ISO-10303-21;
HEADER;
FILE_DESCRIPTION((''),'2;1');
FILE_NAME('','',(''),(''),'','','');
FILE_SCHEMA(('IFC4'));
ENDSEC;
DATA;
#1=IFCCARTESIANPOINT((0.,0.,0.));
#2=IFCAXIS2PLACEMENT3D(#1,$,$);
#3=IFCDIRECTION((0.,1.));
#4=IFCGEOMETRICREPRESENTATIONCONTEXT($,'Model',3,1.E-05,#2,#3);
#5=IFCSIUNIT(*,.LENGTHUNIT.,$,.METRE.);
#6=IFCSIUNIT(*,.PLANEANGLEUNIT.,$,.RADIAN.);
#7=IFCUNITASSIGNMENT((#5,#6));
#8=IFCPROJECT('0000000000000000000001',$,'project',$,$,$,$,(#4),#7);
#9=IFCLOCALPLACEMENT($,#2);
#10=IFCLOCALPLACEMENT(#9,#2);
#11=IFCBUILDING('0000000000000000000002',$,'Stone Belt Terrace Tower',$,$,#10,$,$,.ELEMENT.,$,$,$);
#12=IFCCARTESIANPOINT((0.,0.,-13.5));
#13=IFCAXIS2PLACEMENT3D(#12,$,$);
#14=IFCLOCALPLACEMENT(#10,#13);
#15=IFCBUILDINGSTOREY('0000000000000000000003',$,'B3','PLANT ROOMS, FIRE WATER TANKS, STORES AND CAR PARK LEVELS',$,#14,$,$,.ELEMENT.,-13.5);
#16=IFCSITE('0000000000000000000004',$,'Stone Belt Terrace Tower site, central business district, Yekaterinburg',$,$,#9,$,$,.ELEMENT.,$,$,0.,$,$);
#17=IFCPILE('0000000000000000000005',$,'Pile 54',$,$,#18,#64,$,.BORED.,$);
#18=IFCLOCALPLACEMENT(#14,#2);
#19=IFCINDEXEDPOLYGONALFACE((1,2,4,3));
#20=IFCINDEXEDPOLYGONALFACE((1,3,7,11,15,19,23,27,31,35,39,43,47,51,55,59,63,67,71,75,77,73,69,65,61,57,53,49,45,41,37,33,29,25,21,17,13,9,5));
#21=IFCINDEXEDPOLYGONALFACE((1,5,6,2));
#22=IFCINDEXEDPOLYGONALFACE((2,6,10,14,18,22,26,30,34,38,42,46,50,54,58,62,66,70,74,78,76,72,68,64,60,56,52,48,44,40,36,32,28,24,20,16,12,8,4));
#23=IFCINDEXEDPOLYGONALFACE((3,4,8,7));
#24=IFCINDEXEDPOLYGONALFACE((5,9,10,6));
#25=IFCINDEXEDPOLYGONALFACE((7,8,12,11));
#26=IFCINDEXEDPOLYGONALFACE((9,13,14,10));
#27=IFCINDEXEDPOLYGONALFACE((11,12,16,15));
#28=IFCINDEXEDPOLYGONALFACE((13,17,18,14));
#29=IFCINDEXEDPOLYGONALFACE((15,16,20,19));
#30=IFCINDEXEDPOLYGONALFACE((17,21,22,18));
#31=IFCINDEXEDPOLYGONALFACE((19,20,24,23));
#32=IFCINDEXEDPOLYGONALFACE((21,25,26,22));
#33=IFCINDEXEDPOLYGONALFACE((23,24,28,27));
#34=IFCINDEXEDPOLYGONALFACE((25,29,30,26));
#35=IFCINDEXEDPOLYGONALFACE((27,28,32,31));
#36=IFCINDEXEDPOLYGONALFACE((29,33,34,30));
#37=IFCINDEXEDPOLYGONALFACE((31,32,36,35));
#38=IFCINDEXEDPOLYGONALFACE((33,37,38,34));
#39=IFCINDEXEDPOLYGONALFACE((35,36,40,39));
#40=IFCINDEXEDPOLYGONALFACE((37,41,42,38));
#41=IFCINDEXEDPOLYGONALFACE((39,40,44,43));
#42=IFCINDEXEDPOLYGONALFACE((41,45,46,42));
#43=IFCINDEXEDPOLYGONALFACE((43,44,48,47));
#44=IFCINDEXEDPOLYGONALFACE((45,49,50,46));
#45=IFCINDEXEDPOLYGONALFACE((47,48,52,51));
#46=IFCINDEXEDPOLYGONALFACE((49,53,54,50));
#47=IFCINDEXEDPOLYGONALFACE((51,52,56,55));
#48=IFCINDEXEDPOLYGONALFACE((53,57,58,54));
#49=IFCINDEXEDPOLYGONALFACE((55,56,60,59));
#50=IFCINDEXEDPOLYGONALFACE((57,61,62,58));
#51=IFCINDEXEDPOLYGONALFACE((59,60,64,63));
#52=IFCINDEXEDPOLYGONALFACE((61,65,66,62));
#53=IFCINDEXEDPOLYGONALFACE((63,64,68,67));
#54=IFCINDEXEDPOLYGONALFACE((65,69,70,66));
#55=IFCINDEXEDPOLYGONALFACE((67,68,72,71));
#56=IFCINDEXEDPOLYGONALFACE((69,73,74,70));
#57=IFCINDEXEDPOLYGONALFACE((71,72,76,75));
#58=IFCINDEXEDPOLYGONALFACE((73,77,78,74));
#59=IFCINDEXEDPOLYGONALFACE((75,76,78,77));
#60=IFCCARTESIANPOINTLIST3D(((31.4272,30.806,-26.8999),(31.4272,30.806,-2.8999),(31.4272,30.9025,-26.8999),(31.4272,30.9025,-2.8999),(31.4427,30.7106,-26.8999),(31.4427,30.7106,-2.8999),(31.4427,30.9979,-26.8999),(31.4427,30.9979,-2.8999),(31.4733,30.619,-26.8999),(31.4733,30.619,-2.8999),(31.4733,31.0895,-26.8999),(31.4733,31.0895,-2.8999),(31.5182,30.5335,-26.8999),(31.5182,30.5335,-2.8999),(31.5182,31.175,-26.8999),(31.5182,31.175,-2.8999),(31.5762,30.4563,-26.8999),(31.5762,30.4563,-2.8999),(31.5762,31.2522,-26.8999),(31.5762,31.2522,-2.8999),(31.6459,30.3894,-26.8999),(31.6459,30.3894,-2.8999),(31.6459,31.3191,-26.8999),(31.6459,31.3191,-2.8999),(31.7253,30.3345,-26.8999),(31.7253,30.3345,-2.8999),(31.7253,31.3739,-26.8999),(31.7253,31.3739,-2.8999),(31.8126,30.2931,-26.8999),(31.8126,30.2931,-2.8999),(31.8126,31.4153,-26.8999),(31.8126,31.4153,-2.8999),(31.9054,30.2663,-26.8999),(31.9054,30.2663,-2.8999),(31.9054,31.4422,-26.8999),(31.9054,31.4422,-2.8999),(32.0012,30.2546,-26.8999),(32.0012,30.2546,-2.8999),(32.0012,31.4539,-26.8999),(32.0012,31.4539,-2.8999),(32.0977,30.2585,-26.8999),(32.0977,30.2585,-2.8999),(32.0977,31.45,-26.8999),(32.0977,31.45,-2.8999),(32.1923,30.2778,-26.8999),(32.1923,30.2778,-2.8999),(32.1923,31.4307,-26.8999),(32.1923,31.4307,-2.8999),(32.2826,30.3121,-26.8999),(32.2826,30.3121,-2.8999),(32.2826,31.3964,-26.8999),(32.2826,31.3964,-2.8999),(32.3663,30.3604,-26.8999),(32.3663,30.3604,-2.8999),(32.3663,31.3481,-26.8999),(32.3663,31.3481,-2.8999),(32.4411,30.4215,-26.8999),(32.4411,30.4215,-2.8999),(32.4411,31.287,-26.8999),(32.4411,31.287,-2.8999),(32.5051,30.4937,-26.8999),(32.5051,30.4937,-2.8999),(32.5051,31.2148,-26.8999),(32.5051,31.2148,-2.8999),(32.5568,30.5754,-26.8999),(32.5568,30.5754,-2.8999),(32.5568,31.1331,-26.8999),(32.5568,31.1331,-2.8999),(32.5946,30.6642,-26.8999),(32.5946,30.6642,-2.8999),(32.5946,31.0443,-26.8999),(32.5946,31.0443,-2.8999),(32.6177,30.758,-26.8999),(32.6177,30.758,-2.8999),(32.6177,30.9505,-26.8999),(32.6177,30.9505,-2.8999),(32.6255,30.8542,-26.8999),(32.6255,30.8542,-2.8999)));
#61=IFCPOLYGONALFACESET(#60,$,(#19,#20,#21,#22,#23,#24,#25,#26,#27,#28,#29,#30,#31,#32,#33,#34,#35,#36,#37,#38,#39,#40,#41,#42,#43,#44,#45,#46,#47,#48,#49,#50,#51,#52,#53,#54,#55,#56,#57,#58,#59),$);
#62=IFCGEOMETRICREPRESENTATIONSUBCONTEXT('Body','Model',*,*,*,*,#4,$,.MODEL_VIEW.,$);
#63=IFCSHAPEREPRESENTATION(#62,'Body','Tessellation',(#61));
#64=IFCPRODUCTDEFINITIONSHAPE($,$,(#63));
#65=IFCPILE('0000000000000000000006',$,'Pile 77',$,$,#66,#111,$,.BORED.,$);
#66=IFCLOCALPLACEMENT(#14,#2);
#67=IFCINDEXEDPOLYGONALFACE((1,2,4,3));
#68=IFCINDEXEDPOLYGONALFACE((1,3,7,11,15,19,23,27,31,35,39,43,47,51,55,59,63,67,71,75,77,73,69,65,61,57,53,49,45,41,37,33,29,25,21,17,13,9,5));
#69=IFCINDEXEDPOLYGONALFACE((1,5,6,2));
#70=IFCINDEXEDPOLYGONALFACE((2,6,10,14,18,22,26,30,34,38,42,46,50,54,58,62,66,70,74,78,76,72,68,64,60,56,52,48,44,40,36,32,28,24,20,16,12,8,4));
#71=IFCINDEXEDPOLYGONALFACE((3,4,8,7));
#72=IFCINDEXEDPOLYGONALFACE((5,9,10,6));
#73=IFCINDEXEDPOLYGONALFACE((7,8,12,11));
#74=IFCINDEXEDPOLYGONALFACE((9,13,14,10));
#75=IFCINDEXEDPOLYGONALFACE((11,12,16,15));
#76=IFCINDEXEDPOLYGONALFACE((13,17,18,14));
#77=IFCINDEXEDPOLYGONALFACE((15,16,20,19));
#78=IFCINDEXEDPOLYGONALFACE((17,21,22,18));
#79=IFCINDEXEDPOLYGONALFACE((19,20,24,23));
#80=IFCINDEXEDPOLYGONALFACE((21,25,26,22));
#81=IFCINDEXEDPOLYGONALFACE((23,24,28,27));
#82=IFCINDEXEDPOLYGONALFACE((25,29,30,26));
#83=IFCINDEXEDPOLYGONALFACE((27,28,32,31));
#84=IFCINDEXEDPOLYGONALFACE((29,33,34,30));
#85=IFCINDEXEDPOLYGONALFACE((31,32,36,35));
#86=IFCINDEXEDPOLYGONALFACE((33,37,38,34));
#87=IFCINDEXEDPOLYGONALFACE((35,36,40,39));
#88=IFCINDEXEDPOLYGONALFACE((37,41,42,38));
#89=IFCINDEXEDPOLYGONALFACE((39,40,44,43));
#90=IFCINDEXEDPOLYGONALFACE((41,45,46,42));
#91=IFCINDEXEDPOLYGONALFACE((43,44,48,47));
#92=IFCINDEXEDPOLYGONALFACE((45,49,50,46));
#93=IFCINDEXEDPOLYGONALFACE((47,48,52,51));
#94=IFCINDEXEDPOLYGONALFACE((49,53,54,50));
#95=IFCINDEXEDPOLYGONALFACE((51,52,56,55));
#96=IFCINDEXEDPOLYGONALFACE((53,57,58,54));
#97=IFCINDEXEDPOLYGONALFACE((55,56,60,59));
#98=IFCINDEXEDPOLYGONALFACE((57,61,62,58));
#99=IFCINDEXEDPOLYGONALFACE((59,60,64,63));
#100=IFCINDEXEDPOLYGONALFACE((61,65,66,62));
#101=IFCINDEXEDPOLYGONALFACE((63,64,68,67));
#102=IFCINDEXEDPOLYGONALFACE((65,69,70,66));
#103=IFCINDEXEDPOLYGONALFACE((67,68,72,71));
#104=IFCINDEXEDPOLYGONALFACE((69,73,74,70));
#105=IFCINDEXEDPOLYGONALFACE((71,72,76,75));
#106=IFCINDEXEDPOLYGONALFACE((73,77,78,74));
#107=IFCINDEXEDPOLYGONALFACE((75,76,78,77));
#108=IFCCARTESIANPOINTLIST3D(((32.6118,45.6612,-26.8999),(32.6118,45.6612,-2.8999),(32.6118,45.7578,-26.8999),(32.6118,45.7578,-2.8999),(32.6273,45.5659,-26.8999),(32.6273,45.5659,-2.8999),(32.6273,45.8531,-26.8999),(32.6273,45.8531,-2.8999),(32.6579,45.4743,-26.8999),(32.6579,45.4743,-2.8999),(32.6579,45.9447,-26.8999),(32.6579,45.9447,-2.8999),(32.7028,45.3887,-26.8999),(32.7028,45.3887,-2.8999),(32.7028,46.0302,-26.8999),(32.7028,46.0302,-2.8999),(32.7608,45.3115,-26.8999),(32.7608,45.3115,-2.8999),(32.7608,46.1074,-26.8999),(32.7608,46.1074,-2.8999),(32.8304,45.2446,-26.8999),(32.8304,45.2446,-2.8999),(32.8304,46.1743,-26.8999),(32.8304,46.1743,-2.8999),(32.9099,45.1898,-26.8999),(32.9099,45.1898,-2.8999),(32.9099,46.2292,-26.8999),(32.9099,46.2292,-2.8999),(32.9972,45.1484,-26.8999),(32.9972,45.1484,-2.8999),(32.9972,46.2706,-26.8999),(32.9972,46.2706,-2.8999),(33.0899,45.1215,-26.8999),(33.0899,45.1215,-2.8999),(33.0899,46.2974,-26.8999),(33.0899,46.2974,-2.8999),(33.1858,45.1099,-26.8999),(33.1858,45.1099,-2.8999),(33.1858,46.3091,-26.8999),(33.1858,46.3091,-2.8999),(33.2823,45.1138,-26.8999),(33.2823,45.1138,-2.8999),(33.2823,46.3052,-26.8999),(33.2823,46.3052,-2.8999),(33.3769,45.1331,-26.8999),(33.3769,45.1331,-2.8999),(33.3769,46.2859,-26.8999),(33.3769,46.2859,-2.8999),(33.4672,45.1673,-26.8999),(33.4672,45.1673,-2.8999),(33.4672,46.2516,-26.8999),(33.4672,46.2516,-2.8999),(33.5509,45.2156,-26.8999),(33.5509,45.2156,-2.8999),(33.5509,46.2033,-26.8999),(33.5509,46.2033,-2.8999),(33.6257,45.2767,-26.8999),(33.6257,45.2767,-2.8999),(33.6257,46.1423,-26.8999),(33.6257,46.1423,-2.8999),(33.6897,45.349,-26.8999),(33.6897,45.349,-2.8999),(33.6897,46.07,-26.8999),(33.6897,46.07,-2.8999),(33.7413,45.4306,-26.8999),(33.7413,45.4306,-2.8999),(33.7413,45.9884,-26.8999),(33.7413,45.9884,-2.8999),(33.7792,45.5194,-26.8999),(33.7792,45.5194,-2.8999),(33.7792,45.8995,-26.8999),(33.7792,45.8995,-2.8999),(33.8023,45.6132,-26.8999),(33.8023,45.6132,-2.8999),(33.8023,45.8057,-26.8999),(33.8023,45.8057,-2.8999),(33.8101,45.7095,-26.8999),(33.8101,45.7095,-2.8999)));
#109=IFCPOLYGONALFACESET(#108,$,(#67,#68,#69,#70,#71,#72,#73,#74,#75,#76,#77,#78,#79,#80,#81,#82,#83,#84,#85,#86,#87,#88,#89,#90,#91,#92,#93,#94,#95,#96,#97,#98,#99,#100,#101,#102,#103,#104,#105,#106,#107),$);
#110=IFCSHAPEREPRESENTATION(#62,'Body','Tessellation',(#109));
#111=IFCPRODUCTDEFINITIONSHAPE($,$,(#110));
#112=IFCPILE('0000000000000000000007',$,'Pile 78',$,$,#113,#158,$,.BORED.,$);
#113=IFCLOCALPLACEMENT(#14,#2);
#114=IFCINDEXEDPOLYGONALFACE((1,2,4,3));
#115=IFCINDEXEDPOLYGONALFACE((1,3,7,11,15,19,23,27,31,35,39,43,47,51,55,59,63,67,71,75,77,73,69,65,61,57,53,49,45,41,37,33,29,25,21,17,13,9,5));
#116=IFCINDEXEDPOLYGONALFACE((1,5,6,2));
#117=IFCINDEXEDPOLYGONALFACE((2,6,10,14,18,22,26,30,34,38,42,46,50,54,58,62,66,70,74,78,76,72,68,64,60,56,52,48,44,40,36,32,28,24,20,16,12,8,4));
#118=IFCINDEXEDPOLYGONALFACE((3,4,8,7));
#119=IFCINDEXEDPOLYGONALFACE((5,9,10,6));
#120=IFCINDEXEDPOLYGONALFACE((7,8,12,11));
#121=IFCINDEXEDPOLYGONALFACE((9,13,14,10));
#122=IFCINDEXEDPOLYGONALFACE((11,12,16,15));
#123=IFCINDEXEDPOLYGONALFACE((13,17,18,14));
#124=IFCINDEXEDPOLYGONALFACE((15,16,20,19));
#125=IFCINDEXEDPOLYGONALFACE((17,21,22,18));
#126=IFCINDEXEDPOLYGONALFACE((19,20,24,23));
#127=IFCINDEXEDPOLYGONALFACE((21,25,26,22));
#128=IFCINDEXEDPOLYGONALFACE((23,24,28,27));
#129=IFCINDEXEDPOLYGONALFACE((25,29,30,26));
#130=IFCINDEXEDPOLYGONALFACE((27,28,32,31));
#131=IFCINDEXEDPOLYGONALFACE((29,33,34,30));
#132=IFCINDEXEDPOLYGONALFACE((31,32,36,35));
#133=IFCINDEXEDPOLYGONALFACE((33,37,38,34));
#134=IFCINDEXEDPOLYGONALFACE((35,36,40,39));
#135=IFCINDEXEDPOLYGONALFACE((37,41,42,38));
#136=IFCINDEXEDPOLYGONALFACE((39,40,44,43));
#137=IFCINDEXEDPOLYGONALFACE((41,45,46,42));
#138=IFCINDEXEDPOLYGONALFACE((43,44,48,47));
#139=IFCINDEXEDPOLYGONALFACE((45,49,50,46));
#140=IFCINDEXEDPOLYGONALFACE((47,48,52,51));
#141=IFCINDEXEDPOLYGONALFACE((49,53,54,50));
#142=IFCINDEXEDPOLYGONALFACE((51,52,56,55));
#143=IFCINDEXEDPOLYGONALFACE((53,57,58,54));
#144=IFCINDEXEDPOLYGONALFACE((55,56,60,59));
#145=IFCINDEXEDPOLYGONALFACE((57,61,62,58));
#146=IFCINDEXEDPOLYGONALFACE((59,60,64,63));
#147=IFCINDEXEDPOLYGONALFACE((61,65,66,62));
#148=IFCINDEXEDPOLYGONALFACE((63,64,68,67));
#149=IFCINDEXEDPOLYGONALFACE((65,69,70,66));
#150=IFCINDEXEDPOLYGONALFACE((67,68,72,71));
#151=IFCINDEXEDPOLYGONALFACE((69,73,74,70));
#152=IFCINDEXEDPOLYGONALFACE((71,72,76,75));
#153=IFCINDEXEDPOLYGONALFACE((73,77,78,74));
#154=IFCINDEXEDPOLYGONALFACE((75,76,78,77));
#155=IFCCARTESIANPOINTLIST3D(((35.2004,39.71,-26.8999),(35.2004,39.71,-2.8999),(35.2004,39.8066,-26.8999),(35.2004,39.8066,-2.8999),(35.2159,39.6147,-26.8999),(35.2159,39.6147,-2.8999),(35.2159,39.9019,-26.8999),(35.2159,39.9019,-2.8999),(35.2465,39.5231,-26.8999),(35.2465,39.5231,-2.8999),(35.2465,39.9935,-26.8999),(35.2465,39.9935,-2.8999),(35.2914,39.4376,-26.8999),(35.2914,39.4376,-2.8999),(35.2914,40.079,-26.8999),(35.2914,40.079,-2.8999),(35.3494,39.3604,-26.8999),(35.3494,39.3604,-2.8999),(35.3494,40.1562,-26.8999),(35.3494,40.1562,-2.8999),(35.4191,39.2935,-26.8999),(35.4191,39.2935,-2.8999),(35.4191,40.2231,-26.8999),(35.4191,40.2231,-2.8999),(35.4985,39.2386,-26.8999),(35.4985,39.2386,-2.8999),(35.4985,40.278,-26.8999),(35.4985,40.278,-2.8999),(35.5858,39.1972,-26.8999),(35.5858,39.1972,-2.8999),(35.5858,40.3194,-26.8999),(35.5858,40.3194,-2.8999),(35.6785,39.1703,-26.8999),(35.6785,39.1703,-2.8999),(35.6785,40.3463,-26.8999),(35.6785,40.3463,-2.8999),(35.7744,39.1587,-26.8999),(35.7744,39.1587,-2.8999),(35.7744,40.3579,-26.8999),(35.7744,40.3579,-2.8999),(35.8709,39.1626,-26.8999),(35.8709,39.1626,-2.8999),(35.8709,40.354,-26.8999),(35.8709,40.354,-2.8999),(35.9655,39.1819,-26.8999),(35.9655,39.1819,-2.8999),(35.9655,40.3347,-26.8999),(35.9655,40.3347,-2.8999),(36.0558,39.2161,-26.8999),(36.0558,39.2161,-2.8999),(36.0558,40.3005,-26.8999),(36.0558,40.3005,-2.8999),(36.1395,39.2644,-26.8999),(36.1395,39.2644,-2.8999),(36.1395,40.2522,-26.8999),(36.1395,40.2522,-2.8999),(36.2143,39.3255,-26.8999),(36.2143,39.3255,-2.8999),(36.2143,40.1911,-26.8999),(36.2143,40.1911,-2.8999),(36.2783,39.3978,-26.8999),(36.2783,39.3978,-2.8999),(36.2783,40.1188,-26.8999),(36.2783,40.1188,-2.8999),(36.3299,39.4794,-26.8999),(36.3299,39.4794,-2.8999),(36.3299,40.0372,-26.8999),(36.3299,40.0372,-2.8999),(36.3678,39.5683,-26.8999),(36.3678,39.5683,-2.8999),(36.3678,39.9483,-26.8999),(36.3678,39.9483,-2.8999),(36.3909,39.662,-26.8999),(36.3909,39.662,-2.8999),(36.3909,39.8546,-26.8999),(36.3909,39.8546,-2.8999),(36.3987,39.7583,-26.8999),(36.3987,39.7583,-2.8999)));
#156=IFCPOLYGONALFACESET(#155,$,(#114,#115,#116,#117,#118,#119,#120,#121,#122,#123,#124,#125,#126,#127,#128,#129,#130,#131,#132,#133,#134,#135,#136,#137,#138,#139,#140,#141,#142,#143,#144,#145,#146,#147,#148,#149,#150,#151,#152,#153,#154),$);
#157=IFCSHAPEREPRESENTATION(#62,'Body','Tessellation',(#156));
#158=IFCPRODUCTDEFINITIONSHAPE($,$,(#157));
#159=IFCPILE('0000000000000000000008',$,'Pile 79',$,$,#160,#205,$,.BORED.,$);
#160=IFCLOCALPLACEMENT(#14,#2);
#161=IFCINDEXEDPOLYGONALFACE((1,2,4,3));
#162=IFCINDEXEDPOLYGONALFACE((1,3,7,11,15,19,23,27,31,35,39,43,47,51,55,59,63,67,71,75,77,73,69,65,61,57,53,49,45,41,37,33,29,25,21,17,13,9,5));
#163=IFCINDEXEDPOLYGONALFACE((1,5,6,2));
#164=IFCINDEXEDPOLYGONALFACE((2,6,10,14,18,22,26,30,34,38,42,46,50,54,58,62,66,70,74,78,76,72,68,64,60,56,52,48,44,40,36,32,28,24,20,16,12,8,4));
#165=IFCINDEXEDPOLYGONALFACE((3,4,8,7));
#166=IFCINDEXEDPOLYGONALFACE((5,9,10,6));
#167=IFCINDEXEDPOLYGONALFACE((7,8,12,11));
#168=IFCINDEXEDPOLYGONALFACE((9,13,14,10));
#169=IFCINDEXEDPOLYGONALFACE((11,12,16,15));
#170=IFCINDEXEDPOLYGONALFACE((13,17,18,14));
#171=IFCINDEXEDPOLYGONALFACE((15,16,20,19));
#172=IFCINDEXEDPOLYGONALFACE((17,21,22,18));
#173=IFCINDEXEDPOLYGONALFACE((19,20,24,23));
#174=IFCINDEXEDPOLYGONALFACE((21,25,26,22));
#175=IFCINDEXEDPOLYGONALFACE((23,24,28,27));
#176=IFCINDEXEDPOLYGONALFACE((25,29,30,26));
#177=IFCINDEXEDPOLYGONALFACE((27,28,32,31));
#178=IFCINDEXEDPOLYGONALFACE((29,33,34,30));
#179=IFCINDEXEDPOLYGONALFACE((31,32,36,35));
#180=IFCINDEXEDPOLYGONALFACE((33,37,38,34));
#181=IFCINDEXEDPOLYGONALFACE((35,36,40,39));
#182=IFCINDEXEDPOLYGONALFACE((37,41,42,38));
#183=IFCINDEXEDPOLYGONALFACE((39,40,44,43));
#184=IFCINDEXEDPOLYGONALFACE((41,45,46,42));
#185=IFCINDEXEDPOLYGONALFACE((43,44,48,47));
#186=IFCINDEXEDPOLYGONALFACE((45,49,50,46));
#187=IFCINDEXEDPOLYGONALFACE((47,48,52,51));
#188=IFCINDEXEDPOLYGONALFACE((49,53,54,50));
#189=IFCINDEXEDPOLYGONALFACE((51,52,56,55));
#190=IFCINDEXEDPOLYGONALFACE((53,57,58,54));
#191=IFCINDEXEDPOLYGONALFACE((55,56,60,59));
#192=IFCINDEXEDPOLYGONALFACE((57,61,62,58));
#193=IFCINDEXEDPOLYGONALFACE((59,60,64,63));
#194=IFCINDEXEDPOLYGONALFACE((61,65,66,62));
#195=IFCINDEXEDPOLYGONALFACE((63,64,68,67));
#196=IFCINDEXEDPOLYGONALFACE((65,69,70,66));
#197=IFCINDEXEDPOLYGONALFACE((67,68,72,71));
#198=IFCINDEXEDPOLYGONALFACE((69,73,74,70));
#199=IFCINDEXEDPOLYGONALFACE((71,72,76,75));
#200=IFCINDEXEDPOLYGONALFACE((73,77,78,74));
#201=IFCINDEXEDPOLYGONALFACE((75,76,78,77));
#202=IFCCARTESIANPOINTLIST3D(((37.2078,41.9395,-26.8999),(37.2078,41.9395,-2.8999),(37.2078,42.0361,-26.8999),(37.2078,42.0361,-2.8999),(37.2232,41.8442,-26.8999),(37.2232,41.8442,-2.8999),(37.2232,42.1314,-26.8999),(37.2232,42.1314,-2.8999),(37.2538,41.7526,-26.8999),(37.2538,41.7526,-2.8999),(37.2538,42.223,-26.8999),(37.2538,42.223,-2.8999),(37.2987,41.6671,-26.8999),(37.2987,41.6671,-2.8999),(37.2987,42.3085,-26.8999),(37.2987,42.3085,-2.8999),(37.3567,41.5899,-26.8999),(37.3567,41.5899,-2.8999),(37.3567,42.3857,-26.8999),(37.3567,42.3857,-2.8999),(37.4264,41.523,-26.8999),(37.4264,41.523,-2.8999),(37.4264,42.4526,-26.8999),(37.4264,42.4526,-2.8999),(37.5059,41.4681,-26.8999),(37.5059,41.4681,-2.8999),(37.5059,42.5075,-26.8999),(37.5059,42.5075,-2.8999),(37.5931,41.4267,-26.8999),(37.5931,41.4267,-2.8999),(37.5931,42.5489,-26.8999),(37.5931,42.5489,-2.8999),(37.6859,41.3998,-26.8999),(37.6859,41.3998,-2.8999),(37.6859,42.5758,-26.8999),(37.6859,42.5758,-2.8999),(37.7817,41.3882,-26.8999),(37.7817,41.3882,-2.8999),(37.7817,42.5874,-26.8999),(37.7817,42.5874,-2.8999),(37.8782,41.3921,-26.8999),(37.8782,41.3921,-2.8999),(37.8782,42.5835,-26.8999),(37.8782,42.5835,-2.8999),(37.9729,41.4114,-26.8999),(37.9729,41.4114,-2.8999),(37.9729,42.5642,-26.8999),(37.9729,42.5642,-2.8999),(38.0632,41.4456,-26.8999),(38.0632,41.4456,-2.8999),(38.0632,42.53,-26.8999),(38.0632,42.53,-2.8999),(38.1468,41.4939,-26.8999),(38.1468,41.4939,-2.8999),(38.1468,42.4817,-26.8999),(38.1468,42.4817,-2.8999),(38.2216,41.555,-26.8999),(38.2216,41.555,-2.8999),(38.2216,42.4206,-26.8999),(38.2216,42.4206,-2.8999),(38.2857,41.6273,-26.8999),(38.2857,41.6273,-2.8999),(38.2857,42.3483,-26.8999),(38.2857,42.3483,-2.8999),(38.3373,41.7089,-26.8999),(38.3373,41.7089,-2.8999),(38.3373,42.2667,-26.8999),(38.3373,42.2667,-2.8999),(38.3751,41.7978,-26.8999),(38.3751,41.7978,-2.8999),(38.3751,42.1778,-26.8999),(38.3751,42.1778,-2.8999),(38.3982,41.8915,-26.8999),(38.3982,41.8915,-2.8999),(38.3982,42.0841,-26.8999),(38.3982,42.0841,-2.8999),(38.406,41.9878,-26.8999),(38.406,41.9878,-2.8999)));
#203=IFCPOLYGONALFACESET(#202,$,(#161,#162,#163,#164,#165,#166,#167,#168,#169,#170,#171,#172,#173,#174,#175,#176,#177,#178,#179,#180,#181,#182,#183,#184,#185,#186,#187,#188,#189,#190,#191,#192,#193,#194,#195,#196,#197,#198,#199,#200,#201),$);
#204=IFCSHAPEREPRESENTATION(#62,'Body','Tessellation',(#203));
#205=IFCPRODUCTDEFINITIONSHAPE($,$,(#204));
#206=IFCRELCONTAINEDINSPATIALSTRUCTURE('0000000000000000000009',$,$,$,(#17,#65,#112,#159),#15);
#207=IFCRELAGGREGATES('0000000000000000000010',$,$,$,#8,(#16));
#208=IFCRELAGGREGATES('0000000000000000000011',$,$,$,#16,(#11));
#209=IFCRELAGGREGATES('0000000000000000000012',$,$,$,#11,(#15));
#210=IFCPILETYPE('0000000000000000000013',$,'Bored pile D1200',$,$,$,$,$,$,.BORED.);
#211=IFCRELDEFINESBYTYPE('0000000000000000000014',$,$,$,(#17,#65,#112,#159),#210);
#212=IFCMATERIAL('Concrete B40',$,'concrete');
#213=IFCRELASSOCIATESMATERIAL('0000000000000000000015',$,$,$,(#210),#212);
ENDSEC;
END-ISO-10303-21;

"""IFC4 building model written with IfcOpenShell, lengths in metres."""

from ifc_helpers import new_model, si_unit, direction, frame, origin, origin_2d, place, context, subcontext, project, spatial, circle, extrude, material, material_profile, profile_set, type_object, element, save


model = new_model("IFC4")

# Units and contexts
model_context = context("Model", 3, precision=1e-05, world=origin(), true_north=direction((0.0, 1.0)))
body_context = subcontext(model_context, "Body", "Model", "MODEL_VIEW")
ifc_project = project(units=[si_unit("LENGTHUNIT", "METRE"), si_unit("PLANEANGLEUNIT", "RADIAN")], contexts=[model_context])

# Site, building, storey
site_placement = place(None, origin())
site = spatial("IfcSite", under=ifc_project, at=site_placement, Name="Stone Belt Terrace Tower site, central business district, Yekaterinburg", CompositionType="ELEMENT", RefElevation=0.0)
building_placement = place(site_placement, origin())
building = spatial("IfcBuilding", under=site, at=building_placement, Name="Stone Belt Terrace Tower", CompositionType="ELEMENT")
storey_placement = place(building_placement, frame((0.0, 0.0, -13.5)))
storey = spatial("IfcBuildingStorey", under=building, at=storey_placement, Name="B3", Description="PLANT ROOMS, FIRE WATER TANKS, STORES AND CAR PARK LEVELS", CompositionType="ELEMENT", Elevation=-13.5)

# Piles
ifc_material_1 = material(Name="Concrete B40", Category="concrete")
ifc_material_profile_1 = material_profile(ifc_material_1, circle(Radius=0.6001, at=origin_2d()), Name="PILE D1200")
ifc_profile_set_1 = profile_set([ifc_material_profile_1], Name="Concrete B40")
pile_type = type_object("IfcPileType", Name="Bored pile D1200", PredefinedType="BORED", material=ifc_profile_set_1)
for number, where, z_axis, x_axis, name in (
    (1, (32.0254, 30.8542, -2.8999), (0.0, 0.0, -1.0), (1.0, 0.0, 0.0), "Pile 54"),
    (2, (33.21, 45.7095, -2.8999), (0.0, 0.0, -1.0), (1.0, 0.0, 0.0), "Pile 77"),
    (3, (35.7986, 39.7583, -2.8999), (0.0, 0.0, -1.0), (1.0, 0.0, 0.0), "Pile 78"),
    (4, (37.8059, 41.9878, -2.8999), (0.0, 0.0, -1.0), (1.0, 0.0, 0.0), "Pile 79"),
):
    element("IfcPile", number, at=place(storey_placement, frame(where, z_axis=z_axis, x_axis=x_axis)), inside=storey, type_object=pile_type, Name=name, PredefinedType="BORED", context=body_context, shape_type="SweptSolid", body=[
        extrude(circle(Radius=0.6001, at=origin_2d()), origin(), (0.0, 0.0, 1.0), 24.0),
    ])

save(model, "model.ifc")
